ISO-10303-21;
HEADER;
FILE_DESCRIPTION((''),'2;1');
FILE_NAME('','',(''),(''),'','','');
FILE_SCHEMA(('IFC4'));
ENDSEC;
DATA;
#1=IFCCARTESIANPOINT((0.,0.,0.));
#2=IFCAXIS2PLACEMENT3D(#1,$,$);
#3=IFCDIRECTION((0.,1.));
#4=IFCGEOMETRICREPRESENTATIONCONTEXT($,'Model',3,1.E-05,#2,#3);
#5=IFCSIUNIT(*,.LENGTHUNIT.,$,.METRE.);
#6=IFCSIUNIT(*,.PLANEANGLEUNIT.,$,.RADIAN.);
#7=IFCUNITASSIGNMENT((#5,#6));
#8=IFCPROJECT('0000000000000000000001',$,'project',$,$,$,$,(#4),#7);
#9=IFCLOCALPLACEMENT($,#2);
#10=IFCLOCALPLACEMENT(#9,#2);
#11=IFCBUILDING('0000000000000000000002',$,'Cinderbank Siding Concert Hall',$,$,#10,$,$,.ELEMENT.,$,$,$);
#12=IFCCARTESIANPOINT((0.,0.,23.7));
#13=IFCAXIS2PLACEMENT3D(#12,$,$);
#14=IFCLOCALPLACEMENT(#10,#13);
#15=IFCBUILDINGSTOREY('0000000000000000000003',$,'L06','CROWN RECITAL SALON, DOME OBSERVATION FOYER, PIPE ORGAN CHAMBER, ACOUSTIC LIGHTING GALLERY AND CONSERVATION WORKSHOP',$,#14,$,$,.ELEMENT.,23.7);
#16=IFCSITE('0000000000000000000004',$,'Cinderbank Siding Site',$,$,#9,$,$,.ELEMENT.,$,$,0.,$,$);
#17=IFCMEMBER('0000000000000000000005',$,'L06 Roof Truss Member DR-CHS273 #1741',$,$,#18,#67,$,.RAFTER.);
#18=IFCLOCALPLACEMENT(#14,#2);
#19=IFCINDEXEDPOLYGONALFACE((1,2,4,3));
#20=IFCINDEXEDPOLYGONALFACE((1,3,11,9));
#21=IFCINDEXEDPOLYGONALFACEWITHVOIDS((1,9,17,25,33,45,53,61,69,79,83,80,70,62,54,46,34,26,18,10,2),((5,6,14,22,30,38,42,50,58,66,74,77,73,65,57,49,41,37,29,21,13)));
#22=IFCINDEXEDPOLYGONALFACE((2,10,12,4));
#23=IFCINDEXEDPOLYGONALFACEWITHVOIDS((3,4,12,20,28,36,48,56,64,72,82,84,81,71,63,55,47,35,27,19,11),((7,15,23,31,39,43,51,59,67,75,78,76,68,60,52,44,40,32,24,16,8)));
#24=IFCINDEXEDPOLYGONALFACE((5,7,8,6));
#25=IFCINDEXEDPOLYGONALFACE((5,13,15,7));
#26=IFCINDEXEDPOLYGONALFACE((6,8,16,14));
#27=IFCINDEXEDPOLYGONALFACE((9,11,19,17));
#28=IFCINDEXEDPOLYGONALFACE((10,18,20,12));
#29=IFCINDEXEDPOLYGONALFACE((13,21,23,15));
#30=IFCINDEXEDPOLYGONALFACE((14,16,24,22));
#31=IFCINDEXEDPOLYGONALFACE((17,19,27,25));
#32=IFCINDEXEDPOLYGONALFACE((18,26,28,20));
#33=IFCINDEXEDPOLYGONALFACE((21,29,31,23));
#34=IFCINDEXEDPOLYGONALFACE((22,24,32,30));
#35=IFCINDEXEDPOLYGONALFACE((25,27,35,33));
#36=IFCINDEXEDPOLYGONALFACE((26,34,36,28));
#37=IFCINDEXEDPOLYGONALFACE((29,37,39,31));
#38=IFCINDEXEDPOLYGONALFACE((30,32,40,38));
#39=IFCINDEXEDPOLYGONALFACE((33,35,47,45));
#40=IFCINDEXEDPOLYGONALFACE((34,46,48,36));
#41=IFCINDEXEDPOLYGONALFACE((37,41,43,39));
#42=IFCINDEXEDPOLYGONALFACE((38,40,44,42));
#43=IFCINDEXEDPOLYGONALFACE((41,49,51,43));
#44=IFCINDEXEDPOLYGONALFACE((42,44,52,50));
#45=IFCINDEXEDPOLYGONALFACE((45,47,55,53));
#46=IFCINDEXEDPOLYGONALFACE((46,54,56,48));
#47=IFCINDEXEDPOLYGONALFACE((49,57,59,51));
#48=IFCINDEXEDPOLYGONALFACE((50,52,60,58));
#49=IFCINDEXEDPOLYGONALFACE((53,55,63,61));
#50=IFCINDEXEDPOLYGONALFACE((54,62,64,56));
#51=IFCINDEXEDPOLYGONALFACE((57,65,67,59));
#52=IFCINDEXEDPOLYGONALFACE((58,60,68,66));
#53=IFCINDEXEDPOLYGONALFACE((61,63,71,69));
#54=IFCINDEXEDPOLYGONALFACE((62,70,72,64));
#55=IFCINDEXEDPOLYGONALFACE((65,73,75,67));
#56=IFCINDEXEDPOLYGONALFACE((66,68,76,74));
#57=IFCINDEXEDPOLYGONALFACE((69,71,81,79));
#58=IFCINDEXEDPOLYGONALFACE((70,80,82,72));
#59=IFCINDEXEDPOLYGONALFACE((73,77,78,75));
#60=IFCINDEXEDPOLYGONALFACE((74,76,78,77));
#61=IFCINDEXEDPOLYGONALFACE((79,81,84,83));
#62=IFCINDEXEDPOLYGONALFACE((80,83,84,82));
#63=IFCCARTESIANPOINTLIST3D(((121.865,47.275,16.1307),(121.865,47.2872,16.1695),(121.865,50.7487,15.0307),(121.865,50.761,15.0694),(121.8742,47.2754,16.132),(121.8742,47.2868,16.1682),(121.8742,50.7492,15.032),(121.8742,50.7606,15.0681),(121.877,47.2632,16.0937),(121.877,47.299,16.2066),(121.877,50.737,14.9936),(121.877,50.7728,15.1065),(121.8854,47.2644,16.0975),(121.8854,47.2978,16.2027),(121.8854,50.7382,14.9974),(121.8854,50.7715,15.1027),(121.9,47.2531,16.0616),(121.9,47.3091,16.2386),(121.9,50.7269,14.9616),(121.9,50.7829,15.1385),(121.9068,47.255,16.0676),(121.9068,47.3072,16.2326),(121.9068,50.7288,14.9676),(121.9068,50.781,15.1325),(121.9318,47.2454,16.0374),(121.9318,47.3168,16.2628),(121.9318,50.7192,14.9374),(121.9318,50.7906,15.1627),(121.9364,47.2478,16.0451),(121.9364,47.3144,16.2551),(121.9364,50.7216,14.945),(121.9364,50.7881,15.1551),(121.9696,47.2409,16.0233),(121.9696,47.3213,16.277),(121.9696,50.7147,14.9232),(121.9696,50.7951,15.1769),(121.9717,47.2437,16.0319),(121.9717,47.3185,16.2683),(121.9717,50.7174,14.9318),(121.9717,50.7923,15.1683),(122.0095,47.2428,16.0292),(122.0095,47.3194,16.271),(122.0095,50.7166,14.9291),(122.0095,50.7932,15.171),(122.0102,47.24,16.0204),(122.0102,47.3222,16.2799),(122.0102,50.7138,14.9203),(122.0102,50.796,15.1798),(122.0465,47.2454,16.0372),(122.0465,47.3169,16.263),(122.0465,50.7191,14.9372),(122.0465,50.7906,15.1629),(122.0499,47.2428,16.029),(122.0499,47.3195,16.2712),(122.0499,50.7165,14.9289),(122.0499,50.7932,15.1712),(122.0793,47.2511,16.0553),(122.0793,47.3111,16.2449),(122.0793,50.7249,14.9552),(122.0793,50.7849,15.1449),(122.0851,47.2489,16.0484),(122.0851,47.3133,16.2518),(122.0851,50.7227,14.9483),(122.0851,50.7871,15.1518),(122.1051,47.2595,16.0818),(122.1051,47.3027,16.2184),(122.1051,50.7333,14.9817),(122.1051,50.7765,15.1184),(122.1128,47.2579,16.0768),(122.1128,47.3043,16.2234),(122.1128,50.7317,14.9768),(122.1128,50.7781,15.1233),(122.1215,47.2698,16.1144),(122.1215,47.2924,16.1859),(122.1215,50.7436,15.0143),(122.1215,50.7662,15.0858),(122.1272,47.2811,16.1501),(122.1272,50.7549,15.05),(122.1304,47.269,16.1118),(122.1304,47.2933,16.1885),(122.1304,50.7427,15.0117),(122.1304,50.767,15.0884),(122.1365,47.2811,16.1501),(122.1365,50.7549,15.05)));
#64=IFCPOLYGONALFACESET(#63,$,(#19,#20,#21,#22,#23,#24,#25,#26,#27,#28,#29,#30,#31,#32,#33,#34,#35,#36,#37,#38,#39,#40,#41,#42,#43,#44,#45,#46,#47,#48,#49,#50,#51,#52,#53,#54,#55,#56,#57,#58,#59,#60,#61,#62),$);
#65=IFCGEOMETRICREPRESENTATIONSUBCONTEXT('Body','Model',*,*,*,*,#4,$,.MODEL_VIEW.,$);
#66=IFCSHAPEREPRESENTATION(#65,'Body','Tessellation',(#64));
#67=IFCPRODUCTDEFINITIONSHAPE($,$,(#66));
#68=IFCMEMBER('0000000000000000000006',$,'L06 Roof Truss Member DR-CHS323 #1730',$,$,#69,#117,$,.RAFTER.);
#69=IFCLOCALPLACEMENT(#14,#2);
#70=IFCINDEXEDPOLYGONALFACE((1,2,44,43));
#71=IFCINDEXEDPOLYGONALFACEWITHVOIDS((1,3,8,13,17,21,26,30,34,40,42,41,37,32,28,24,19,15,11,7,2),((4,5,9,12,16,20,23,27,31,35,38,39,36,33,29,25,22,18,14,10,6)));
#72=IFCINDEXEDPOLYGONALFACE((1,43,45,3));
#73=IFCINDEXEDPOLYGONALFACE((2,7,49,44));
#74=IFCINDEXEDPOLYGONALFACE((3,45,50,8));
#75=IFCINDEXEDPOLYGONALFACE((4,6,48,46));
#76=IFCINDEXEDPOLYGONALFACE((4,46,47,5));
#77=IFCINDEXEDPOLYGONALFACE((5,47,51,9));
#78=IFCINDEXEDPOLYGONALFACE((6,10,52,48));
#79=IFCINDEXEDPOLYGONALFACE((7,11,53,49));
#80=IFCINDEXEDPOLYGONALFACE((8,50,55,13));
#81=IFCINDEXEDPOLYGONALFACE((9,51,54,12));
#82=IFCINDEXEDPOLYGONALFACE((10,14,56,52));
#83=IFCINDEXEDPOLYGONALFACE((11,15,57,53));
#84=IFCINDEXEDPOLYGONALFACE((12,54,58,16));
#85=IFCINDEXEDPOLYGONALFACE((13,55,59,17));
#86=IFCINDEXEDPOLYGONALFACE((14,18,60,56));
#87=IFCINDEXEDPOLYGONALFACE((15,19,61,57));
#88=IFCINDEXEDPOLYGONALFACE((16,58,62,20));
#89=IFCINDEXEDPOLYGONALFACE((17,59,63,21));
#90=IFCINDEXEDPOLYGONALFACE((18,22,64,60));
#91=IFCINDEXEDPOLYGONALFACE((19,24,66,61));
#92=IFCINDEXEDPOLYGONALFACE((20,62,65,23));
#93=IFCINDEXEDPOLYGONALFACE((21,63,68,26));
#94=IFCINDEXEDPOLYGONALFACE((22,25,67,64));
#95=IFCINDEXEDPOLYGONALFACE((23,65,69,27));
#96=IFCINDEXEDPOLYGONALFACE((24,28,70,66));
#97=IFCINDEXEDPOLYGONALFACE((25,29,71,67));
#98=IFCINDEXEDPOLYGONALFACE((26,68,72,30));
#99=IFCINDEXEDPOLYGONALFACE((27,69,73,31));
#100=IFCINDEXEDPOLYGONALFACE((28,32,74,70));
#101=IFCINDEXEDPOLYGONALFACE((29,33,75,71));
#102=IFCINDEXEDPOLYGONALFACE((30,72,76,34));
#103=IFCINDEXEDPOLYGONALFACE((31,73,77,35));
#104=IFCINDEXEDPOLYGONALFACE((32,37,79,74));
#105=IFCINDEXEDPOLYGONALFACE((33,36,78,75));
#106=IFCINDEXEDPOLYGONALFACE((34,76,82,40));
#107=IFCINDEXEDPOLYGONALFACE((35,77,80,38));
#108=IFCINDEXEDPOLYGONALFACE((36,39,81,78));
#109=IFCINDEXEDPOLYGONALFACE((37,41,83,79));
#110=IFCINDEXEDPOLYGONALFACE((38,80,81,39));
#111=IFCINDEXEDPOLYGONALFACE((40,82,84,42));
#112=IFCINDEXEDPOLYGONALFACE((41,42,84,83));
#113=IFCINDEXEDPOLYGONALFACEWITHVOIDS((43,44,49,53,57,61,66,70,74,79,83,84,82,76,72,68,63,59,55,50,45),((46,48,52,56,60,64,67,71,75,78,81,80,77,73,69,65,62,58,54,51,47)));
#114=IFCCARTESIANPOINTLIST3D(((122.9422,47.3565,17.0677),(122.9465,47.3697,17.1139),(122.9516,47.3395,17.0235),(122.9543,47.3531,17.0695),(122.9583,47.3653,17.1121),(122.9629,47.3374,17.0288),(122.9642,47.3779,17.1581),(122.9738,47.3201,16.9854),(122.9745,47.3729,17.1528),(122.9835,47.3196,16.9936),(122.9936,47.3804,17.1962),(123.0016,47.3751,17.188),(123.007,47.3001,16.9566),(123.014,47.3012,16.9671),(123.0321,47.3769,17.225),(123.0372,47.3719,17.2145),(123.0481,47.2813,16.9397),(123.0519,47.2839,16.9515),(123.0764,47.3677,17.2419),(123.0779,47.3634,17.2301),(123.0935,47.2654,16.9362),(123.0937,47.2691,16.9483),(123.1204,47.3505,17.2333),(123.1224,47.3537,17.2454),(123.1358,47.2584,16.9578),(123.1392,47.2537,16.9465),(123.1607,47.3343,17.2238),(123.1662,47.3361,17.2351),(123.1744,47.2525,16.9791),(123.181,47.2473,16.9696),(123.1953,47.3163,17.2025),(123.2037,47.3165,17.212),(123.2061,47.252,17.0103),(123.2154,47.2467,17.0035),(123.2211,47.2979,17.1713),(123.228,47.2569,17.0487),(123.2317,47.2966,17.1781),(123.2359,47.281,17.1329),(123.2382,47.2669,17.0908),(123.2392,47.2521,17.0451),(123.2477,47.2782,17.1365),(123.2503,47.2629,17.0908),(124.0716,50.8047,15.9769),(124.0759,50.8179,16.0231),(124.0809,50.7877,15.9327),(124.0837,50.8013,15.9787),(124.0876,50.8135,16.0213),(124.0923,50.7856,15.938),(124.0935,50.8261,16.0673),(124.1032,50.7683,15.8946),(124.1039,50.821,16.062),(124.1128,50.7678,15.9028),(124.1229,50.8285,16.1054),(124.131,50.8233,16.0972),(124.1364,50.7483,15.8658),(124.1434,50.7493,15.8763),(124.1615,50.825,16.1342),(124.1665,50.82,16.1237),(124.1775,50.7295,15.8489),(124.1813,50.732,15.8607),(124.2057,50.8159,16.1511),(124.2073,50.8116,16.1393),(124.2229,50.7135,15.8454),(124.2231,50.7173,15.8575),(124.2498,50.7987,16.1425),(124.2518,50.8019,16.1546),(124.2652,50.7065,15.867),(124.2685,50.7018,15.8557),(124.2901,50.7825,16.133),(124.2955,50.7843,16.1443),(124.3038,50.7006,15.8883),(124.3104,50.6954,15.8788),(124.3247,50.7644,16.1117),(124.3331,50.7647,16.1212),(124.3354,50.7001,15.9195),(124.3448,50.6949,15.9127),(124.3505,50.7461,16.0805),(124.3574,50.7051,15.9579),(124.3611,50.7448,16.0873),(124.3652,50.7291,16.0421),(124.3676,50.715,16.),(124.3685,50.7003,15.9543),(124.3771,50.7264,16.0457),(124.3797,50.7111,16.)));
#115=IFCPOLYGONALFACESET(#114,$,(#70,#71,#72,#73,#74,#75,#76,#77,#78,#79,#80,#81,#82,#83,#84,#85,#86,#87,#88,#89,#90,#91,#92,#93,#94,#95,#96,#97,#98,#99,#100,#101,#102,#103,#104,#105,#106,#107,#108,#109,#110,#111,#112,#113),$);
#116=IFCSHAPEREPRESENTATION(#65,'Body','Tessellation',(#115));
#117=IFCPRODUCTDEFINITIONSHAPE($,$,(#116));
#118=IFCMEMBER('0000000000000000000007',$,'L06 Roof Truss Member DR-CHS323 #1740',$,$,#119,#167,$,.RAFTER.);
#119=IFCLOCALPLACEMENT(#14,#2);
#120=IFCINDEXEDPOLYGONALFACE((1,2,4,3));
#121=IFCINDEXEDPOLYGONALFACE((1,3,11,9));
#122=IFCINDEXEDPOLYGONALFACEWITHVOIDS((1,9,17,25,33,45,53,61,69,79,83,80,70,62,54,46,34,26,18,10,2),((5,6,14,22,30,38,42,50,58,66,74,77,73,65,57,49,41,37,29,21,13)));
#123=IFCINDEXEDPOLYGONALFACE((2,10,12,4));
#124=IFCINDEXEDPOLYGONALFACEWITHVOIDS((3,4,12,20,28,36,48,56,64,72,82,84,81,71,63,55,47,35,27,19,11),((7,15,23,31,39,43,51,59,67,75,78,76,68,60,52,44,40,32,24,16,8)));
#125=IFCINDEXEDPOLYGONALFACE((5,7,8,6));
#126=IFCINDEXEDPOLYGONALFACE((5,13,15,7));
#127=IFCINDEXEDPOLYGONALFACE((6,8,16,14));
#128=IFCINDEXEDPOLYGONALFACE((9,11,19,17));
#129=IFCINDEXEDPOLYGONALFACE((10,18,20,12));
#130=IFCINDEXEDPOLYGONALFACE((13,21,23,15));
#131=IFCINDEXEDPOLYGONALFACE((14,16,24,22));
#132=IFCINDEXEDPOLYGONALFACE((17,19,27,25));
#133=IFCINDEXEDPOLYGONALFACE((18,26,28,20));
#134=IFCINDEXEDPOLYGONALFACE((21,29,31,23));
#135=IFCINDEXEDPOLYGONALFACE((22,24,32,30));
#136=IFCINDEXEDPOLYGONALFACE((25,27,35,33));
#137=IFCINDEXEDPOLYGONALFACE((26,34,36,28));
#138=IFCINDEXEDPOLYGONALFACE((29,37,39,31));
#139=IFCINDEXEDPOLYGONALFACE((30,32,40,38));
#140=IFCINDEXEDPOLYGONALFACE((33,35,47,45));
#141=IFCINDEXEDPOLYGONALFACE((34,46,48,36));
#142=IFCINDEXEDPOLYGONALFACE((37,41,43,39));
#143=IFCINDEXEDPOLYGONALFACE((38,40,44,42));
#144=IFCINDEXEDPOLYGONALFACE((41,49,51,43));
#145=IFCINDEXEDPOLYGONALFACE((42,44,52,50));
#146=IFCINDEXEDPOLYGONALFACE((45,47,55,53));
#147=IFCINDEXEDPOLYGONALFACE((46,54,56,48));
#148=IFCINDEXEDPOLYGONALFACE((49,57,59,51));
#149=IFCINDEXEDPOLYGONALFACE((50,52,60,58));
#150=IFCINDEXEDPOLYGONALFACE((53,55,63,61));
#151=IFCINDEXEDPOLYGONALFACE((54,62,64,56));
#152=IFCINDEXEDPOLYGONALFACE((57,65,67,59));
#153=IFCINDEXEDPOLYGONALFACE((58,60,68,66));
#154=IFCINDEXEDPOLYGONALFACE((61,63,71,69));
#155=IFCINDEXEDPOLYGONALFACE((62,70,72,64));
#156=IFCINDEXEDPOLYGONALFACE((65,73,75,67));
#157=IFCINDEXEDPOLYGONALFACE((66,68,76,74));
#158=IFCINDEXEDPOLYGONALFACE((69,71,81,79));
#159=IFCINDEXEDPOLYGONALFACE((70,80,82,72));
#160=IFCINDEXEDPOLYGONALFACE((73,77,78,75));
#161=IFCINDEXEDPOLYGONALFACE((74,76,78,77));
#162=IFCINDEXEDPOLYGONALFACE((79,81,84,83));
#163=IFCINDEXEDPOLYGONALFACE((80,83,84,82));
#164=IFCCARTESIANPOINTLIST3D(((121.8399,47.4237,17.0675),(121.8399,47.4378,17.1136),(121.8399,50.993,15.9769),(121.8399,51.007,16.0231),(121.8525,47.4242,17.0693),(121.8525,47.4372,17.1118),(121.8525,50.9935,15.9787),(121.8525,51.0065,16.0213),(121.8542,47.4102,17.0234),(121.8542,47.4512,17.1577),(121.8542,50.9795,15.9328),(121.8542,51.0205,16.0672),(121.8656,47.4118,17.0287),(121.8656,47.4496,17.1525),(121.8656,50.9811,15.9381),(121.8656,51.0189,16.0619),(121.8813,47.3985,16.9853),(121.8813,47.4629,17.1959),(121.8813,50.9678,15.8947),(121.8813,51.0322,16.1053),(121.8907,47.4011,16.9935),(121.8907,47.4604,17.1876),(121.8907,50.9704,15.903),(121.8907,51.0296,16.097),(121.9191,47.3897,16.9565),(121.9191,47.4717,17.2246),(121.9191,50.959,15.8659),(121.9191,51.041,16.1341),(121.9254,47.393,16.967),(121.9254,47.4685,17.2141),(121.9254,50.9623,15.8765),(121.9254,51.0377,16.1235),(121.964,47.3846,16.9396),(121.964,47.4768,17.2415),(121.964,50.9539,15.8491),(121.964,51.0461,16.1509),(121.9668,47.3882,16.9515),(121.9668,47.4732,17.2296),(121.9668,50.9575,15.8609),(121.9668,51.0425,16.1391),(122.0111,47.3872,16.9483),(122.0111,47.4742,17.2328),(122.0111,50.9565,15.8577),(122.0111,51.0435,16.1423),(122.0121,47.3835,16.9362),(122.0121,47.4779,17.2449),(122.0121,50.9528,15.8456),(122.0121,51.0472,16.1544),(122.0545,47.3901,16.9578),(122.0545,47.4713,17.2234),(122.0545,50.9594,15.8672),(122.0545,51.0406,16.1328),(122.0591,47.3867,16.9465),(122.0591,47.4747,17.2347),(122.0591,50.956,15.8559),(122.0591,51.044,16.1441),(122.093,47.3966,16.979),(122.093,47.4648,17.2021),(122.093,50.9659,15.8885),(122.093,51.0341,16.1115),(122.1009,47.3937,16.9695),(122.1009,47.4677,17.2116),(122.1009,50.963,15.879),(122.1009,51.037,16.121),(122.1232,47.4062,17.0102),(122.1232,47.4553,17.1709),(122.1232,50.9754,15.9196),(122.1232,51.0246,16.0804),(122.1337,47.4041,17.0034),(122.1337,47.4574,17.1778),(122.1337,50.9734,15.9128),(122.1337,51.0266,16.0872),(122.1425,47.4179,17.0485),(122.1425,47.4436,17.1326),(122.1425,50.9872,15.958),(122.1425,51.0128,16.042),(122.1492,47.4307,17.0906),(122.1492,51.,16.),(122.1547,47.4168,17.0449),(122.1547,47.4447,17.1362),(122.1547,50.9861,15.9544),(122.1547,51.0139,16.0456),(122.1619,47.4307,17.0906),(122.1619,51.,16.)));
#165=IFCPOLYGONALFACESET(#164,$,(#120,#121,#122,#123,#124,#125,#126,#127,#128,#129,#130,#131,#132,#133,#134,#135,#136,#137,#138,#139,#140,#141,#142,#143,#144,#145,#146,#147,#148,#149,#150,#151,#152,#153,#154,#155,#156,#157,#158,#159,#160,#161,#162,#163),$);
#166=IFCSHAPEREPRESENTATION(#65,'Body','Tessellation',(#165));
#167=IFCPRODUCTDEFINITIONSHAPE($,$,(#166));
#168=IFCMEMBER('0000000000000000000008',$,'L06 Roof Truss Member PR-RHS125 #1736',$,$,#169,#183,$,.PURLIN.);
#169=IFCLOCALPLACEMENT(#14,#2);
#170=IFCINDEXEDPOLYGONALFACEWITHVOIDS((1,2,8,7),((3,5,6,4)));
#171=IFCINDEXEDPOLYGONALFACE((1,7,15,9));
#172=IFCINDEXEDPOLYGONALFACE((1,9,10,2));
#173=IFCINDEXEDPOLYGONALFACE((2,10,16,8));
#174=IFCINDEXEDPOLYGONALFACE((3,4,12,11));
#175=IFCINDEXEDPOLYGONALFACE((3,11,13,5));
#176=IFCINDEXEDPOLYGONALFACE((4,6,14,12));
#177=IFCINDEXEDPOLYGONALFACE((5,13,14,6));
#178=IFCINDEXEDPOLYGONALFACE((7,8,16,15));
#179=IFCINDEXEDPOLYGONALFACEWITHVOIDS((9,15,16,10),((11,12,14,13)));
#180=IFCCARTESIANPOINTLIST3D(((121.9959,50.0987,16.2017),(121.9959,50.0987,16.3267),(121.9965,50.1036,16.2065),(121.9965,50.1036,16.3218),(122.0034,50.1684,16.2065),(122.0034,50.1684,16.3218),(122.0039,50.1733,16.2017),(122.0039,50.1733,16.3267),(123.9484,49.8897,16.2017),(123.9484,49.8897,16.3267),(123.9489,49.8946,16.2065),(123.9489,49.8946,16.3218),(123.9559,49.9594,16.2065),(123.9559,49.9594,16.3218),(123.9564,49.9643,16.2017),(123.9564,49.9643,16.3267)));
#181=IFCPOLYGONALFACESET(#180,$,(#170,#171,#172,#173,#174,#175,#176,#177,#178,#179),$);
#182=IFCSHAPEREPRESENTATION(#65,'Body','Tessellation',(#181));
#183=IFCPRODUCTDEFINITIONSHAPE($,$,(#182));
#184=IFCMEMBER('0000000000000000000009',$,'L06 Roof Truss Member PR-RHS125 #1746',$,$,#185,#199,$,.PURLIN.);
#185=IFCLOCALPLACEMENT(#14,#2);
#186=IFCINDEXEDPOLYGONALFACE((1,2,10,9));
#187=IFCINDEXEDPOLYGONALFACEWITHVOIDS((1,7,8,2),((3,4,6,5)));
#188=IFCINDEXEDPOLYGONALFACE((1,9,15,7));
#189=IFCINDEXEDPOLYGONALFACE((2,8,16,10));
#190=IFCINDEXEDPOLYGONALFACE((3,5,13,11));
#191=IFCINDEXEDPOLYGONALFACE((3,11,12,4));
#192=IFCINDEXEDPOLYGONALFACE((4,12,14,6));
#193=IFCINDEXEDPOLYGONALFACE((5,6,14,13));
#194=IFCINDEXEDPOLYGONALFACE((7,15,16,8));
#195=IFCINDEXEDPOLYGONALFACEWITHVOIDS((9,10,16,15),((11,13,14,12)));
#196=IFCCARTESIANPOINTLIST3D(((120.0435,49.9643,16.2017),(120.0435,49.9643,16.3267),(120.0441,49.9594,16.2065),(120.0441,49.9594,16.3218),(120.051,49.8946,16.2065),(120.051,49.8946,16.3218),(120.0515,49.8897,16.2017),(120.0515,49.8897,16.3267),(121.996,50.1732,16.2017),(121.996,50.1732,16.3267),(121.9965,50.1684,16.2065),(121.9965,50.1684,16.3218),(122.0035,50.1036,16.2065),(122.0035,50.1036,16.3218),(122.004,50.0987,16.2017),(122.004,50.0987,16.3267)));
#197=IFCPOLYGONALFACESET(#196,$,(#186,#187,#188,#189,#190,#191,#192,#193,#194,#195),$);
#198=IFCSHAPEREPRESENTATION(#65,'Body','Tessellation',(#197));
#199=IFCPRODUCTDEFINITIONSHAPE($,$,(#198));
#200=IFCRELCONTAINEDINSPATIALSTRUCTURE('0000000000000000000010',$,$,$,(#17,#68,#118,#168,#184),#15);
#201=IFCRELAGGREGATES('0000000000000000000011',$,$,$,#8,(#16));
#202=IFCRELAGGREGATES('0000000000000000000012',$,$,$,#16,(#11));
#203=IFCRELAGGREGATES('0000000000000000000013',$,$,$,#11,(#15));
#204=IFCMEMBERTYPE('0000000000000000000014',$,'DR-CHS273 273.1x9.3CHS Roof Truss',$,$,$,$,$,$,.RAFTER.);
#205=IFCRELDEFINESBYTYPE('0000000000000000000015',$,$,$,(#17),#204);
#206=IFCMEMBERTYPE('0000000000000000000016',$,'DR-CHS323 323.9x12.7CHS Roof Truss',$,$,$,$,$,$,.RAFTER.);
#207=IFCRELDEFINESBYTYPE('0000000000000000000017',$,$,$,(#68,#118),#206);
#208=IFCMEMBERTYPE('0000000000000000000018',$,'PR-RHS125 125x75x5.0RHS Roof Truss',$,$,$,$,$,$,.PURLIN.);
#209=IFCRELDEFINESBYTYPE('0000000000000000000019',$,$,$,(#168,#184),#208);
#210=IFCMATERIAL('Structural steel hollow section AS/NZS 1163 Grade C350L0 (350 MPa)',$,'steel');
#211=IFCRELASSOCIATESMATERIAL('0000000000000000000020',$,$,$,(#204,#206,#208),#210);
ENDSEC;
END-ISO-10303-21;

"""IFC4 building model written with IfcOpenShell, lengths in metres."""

from ifc_helpers import new_model, si_unit, direction, frame, origin, origin_2d, place, context, subcontext, project, spatial, hollow_rectangle, hollow_circle, extrude, material, material_profile, profile_set, type_object, element, save


model = new_model("IFC4")

# Units and contexts
model_context = context("Model", 3, precision=1e-05, world=origin(), true_north=direction((0.0, 1.0)))
body_context = subcontext(model_context, "Body", "Model", "MODEL_VIEW")
ifc_project = project(units=[si_unit("LENGTHUNIT", "METRE"), si_unit("PLANEANGLEUNIT", "RADIAN")], contexts=[model_context])

# Site, building, storey
site_placement = place(None, origin())
site = spatial("IfcSite", under=ifc_project, at=site_placement, Name="Cinderbank Siding Site", CompositionType="ELEMENT", RefElevation=0.0)
building_placement = place(site_placement, origin())
building = spatial("IfcBuilding", under=site, at=building_placement, Name="Cinderbank Siding Concert Hall", CompositionType="ELEMENT")
storey_placement = place(building_placement, frame((0.0, 0.0, 23.7)))
storey = spatial("IfcBuildingStorey", under=building, at=storey_placement, Name="L06", Description="CROWN RECITAL SALON, DOME OBSERVATION FOYER, PIPE ORGAN CHAMBER, ACOUSTIC LIGHTING GALLERY AND CONSERVATION WORKSHOP", CompositionType="ELEMENT", Elevation=23.7)

# Members
ifc_material_1 = material(Name="Structural steel hollow section AS/NZS 1163 Grade C350L0 (350 MPa)", Category="steel")
ifc_material_profile_1 = material_profile(ifc_material_1, hollow_circle(Radius=0.1365, WallThickness=0.0093, at=origin_2d()), Name="273.1x9.3CHS", Category="LoadBearing")
ifc_profile_set_1 = profile_set([ifc_material_profile_1], Name="Structural steel hollow section AS/NZS 1163 Grade C350L0 (350 MPa)")
member_type_1 = type_object("IfcMemberType", Name="DR-CHS273 273.1x9.3CHS Roof Truss", PredefinedType="RAFTER", material=ifc_profile_set_1)
member_1_placement = place(storey_placement, frame((122.0, 50.7549, 15.05), z_axis=(0.0, -0.953339, 0.301901), x_axis=(1.0, 0.0, 0.0)))
element("IfcMember", 1, at=member_1_placement, inside=storey, type_object=member_type_1, Name="L06 Roof Truss Member DR-CHS273 #1741", PredefinedType="RAFTER", context=body_context, shape_type="SweptSolid", body=[
    extrude(hollow_circle(Radius=0.1365, WallThickness=0.0093, at=origin_2d()), origin(), (0.0, 0.0, 1.0), 3.6438),
])
ifc_material_profile_2 = material_profile(ifc_material_1, hollow_circle(Radius=0.1619, WallThickness=0.0127, at=origin_2d()), Name="323.9x12.7CHS", Category="LoadBearing")
ifc_profile_set_2 = profile_set([ifc_material_profile_2], Name="Structural steel hollow section AS/NZS 1163 Grade C350L0 (350 MPa)")
member_type_2 = type_object("IfcMemberType", Name="DR-CHS323 323.9x12.7CHS Roof Truss", PredefinedType="RAFTER", material=ifc_profile_set_2)
member_2_placement = place(storey_placement, frame((124.2258, 50.7615, 16.0), z_axis=(-0.298079, -0.91009, 0.287899), x_axis=(0.950325, -0.311258, 0.0)))
element("IfcMember", 2, at=member_2_placement, inside=storey, type_object=member_type_2, Name="L06 Roof Truss Member DR-CHS323 #1730", PredefinedType="RAFTER", context=body_context, shape_type="SweptSolid", body=[
    extrude(hollow_circle(Radius=0.1619, WallThickness=0.0127, at=origin_2d()), origin(), (0.0, 0.0, 1.0), 3.7888),
])
member_3_placement = place(storey_placement, frame((122.0, 51.0, 16.0), z_axis=(0.0, -0.956356, 0.292205), x_axis=(1.0, 0.0, 0.0)))
element("IfcMember", 3, at=member_3_placement, inside=storey, type_object=member_type_2, Name="L06 Roof Truss Member DR-CHS323 #1740", PredefinedType="RAFTER", context=body_context, shape_type="SweptSolid", body=[
    extrude(hollow_circle(Radius=0.1619, WallThickness=0.0127, at=origin_2d()), origin(), (0.0, 0.0, 1.0), 3.7322),
])
ifc_material_profile_3 = material_profile(ifc_material_1, hollow_rectangle(XDim=0.075, YDim=0.125, WallThickness=0.0049, at=origin_2d()), Name="125x75x5.0RHS", Category="LoadBearing")
ifc_profile_set_3 = profile_set([ifc_material_profile_3], Name="Structural steel hollow section AS/NZS 1163 Grade C350L0 (350 MPa)")
member_type_3 = type_object("IfcMemberType", Name="PR-RHS125 125x75x5.0RHS Roof Truss", PredefinedType="PURLIN", material=ifc_profile_set_3)
for number, where, z_axis, x_axis, name in (
    (4, (123.9524, 49.927, 16.2642), (-0.99432, 0.106432, 0.0), (-0.106432, -0.99432, 0.0), "L06 Roof Truss Member PR-RHS125 #1736"),
    (5, (122.0, 50.136, 16.2642), (-0.99432, -0.106432, 0.0), (0.106432, -0.99432, 0.0), "L06 Roof Truss Member PR-RHS125 #1746"),
):
    element("IfcMember", number, at=place(storey_placement, frame(where, z_axis=z_axis, x_axis=x_axis)), inside=storey, type_object=member_type_3, Name=name, PredefinedType="PURLIN", context=body_context, shape_type="SweptSolid", body=[
        extrude(hollow_rectangle(XDim=0.075, YDim=0.125, WallThickness=0.0049, at=origin_2d()), origin(), (0.0, 0.0, 1.0), 1.9636),
    ])

save(model, "model.ifc")
